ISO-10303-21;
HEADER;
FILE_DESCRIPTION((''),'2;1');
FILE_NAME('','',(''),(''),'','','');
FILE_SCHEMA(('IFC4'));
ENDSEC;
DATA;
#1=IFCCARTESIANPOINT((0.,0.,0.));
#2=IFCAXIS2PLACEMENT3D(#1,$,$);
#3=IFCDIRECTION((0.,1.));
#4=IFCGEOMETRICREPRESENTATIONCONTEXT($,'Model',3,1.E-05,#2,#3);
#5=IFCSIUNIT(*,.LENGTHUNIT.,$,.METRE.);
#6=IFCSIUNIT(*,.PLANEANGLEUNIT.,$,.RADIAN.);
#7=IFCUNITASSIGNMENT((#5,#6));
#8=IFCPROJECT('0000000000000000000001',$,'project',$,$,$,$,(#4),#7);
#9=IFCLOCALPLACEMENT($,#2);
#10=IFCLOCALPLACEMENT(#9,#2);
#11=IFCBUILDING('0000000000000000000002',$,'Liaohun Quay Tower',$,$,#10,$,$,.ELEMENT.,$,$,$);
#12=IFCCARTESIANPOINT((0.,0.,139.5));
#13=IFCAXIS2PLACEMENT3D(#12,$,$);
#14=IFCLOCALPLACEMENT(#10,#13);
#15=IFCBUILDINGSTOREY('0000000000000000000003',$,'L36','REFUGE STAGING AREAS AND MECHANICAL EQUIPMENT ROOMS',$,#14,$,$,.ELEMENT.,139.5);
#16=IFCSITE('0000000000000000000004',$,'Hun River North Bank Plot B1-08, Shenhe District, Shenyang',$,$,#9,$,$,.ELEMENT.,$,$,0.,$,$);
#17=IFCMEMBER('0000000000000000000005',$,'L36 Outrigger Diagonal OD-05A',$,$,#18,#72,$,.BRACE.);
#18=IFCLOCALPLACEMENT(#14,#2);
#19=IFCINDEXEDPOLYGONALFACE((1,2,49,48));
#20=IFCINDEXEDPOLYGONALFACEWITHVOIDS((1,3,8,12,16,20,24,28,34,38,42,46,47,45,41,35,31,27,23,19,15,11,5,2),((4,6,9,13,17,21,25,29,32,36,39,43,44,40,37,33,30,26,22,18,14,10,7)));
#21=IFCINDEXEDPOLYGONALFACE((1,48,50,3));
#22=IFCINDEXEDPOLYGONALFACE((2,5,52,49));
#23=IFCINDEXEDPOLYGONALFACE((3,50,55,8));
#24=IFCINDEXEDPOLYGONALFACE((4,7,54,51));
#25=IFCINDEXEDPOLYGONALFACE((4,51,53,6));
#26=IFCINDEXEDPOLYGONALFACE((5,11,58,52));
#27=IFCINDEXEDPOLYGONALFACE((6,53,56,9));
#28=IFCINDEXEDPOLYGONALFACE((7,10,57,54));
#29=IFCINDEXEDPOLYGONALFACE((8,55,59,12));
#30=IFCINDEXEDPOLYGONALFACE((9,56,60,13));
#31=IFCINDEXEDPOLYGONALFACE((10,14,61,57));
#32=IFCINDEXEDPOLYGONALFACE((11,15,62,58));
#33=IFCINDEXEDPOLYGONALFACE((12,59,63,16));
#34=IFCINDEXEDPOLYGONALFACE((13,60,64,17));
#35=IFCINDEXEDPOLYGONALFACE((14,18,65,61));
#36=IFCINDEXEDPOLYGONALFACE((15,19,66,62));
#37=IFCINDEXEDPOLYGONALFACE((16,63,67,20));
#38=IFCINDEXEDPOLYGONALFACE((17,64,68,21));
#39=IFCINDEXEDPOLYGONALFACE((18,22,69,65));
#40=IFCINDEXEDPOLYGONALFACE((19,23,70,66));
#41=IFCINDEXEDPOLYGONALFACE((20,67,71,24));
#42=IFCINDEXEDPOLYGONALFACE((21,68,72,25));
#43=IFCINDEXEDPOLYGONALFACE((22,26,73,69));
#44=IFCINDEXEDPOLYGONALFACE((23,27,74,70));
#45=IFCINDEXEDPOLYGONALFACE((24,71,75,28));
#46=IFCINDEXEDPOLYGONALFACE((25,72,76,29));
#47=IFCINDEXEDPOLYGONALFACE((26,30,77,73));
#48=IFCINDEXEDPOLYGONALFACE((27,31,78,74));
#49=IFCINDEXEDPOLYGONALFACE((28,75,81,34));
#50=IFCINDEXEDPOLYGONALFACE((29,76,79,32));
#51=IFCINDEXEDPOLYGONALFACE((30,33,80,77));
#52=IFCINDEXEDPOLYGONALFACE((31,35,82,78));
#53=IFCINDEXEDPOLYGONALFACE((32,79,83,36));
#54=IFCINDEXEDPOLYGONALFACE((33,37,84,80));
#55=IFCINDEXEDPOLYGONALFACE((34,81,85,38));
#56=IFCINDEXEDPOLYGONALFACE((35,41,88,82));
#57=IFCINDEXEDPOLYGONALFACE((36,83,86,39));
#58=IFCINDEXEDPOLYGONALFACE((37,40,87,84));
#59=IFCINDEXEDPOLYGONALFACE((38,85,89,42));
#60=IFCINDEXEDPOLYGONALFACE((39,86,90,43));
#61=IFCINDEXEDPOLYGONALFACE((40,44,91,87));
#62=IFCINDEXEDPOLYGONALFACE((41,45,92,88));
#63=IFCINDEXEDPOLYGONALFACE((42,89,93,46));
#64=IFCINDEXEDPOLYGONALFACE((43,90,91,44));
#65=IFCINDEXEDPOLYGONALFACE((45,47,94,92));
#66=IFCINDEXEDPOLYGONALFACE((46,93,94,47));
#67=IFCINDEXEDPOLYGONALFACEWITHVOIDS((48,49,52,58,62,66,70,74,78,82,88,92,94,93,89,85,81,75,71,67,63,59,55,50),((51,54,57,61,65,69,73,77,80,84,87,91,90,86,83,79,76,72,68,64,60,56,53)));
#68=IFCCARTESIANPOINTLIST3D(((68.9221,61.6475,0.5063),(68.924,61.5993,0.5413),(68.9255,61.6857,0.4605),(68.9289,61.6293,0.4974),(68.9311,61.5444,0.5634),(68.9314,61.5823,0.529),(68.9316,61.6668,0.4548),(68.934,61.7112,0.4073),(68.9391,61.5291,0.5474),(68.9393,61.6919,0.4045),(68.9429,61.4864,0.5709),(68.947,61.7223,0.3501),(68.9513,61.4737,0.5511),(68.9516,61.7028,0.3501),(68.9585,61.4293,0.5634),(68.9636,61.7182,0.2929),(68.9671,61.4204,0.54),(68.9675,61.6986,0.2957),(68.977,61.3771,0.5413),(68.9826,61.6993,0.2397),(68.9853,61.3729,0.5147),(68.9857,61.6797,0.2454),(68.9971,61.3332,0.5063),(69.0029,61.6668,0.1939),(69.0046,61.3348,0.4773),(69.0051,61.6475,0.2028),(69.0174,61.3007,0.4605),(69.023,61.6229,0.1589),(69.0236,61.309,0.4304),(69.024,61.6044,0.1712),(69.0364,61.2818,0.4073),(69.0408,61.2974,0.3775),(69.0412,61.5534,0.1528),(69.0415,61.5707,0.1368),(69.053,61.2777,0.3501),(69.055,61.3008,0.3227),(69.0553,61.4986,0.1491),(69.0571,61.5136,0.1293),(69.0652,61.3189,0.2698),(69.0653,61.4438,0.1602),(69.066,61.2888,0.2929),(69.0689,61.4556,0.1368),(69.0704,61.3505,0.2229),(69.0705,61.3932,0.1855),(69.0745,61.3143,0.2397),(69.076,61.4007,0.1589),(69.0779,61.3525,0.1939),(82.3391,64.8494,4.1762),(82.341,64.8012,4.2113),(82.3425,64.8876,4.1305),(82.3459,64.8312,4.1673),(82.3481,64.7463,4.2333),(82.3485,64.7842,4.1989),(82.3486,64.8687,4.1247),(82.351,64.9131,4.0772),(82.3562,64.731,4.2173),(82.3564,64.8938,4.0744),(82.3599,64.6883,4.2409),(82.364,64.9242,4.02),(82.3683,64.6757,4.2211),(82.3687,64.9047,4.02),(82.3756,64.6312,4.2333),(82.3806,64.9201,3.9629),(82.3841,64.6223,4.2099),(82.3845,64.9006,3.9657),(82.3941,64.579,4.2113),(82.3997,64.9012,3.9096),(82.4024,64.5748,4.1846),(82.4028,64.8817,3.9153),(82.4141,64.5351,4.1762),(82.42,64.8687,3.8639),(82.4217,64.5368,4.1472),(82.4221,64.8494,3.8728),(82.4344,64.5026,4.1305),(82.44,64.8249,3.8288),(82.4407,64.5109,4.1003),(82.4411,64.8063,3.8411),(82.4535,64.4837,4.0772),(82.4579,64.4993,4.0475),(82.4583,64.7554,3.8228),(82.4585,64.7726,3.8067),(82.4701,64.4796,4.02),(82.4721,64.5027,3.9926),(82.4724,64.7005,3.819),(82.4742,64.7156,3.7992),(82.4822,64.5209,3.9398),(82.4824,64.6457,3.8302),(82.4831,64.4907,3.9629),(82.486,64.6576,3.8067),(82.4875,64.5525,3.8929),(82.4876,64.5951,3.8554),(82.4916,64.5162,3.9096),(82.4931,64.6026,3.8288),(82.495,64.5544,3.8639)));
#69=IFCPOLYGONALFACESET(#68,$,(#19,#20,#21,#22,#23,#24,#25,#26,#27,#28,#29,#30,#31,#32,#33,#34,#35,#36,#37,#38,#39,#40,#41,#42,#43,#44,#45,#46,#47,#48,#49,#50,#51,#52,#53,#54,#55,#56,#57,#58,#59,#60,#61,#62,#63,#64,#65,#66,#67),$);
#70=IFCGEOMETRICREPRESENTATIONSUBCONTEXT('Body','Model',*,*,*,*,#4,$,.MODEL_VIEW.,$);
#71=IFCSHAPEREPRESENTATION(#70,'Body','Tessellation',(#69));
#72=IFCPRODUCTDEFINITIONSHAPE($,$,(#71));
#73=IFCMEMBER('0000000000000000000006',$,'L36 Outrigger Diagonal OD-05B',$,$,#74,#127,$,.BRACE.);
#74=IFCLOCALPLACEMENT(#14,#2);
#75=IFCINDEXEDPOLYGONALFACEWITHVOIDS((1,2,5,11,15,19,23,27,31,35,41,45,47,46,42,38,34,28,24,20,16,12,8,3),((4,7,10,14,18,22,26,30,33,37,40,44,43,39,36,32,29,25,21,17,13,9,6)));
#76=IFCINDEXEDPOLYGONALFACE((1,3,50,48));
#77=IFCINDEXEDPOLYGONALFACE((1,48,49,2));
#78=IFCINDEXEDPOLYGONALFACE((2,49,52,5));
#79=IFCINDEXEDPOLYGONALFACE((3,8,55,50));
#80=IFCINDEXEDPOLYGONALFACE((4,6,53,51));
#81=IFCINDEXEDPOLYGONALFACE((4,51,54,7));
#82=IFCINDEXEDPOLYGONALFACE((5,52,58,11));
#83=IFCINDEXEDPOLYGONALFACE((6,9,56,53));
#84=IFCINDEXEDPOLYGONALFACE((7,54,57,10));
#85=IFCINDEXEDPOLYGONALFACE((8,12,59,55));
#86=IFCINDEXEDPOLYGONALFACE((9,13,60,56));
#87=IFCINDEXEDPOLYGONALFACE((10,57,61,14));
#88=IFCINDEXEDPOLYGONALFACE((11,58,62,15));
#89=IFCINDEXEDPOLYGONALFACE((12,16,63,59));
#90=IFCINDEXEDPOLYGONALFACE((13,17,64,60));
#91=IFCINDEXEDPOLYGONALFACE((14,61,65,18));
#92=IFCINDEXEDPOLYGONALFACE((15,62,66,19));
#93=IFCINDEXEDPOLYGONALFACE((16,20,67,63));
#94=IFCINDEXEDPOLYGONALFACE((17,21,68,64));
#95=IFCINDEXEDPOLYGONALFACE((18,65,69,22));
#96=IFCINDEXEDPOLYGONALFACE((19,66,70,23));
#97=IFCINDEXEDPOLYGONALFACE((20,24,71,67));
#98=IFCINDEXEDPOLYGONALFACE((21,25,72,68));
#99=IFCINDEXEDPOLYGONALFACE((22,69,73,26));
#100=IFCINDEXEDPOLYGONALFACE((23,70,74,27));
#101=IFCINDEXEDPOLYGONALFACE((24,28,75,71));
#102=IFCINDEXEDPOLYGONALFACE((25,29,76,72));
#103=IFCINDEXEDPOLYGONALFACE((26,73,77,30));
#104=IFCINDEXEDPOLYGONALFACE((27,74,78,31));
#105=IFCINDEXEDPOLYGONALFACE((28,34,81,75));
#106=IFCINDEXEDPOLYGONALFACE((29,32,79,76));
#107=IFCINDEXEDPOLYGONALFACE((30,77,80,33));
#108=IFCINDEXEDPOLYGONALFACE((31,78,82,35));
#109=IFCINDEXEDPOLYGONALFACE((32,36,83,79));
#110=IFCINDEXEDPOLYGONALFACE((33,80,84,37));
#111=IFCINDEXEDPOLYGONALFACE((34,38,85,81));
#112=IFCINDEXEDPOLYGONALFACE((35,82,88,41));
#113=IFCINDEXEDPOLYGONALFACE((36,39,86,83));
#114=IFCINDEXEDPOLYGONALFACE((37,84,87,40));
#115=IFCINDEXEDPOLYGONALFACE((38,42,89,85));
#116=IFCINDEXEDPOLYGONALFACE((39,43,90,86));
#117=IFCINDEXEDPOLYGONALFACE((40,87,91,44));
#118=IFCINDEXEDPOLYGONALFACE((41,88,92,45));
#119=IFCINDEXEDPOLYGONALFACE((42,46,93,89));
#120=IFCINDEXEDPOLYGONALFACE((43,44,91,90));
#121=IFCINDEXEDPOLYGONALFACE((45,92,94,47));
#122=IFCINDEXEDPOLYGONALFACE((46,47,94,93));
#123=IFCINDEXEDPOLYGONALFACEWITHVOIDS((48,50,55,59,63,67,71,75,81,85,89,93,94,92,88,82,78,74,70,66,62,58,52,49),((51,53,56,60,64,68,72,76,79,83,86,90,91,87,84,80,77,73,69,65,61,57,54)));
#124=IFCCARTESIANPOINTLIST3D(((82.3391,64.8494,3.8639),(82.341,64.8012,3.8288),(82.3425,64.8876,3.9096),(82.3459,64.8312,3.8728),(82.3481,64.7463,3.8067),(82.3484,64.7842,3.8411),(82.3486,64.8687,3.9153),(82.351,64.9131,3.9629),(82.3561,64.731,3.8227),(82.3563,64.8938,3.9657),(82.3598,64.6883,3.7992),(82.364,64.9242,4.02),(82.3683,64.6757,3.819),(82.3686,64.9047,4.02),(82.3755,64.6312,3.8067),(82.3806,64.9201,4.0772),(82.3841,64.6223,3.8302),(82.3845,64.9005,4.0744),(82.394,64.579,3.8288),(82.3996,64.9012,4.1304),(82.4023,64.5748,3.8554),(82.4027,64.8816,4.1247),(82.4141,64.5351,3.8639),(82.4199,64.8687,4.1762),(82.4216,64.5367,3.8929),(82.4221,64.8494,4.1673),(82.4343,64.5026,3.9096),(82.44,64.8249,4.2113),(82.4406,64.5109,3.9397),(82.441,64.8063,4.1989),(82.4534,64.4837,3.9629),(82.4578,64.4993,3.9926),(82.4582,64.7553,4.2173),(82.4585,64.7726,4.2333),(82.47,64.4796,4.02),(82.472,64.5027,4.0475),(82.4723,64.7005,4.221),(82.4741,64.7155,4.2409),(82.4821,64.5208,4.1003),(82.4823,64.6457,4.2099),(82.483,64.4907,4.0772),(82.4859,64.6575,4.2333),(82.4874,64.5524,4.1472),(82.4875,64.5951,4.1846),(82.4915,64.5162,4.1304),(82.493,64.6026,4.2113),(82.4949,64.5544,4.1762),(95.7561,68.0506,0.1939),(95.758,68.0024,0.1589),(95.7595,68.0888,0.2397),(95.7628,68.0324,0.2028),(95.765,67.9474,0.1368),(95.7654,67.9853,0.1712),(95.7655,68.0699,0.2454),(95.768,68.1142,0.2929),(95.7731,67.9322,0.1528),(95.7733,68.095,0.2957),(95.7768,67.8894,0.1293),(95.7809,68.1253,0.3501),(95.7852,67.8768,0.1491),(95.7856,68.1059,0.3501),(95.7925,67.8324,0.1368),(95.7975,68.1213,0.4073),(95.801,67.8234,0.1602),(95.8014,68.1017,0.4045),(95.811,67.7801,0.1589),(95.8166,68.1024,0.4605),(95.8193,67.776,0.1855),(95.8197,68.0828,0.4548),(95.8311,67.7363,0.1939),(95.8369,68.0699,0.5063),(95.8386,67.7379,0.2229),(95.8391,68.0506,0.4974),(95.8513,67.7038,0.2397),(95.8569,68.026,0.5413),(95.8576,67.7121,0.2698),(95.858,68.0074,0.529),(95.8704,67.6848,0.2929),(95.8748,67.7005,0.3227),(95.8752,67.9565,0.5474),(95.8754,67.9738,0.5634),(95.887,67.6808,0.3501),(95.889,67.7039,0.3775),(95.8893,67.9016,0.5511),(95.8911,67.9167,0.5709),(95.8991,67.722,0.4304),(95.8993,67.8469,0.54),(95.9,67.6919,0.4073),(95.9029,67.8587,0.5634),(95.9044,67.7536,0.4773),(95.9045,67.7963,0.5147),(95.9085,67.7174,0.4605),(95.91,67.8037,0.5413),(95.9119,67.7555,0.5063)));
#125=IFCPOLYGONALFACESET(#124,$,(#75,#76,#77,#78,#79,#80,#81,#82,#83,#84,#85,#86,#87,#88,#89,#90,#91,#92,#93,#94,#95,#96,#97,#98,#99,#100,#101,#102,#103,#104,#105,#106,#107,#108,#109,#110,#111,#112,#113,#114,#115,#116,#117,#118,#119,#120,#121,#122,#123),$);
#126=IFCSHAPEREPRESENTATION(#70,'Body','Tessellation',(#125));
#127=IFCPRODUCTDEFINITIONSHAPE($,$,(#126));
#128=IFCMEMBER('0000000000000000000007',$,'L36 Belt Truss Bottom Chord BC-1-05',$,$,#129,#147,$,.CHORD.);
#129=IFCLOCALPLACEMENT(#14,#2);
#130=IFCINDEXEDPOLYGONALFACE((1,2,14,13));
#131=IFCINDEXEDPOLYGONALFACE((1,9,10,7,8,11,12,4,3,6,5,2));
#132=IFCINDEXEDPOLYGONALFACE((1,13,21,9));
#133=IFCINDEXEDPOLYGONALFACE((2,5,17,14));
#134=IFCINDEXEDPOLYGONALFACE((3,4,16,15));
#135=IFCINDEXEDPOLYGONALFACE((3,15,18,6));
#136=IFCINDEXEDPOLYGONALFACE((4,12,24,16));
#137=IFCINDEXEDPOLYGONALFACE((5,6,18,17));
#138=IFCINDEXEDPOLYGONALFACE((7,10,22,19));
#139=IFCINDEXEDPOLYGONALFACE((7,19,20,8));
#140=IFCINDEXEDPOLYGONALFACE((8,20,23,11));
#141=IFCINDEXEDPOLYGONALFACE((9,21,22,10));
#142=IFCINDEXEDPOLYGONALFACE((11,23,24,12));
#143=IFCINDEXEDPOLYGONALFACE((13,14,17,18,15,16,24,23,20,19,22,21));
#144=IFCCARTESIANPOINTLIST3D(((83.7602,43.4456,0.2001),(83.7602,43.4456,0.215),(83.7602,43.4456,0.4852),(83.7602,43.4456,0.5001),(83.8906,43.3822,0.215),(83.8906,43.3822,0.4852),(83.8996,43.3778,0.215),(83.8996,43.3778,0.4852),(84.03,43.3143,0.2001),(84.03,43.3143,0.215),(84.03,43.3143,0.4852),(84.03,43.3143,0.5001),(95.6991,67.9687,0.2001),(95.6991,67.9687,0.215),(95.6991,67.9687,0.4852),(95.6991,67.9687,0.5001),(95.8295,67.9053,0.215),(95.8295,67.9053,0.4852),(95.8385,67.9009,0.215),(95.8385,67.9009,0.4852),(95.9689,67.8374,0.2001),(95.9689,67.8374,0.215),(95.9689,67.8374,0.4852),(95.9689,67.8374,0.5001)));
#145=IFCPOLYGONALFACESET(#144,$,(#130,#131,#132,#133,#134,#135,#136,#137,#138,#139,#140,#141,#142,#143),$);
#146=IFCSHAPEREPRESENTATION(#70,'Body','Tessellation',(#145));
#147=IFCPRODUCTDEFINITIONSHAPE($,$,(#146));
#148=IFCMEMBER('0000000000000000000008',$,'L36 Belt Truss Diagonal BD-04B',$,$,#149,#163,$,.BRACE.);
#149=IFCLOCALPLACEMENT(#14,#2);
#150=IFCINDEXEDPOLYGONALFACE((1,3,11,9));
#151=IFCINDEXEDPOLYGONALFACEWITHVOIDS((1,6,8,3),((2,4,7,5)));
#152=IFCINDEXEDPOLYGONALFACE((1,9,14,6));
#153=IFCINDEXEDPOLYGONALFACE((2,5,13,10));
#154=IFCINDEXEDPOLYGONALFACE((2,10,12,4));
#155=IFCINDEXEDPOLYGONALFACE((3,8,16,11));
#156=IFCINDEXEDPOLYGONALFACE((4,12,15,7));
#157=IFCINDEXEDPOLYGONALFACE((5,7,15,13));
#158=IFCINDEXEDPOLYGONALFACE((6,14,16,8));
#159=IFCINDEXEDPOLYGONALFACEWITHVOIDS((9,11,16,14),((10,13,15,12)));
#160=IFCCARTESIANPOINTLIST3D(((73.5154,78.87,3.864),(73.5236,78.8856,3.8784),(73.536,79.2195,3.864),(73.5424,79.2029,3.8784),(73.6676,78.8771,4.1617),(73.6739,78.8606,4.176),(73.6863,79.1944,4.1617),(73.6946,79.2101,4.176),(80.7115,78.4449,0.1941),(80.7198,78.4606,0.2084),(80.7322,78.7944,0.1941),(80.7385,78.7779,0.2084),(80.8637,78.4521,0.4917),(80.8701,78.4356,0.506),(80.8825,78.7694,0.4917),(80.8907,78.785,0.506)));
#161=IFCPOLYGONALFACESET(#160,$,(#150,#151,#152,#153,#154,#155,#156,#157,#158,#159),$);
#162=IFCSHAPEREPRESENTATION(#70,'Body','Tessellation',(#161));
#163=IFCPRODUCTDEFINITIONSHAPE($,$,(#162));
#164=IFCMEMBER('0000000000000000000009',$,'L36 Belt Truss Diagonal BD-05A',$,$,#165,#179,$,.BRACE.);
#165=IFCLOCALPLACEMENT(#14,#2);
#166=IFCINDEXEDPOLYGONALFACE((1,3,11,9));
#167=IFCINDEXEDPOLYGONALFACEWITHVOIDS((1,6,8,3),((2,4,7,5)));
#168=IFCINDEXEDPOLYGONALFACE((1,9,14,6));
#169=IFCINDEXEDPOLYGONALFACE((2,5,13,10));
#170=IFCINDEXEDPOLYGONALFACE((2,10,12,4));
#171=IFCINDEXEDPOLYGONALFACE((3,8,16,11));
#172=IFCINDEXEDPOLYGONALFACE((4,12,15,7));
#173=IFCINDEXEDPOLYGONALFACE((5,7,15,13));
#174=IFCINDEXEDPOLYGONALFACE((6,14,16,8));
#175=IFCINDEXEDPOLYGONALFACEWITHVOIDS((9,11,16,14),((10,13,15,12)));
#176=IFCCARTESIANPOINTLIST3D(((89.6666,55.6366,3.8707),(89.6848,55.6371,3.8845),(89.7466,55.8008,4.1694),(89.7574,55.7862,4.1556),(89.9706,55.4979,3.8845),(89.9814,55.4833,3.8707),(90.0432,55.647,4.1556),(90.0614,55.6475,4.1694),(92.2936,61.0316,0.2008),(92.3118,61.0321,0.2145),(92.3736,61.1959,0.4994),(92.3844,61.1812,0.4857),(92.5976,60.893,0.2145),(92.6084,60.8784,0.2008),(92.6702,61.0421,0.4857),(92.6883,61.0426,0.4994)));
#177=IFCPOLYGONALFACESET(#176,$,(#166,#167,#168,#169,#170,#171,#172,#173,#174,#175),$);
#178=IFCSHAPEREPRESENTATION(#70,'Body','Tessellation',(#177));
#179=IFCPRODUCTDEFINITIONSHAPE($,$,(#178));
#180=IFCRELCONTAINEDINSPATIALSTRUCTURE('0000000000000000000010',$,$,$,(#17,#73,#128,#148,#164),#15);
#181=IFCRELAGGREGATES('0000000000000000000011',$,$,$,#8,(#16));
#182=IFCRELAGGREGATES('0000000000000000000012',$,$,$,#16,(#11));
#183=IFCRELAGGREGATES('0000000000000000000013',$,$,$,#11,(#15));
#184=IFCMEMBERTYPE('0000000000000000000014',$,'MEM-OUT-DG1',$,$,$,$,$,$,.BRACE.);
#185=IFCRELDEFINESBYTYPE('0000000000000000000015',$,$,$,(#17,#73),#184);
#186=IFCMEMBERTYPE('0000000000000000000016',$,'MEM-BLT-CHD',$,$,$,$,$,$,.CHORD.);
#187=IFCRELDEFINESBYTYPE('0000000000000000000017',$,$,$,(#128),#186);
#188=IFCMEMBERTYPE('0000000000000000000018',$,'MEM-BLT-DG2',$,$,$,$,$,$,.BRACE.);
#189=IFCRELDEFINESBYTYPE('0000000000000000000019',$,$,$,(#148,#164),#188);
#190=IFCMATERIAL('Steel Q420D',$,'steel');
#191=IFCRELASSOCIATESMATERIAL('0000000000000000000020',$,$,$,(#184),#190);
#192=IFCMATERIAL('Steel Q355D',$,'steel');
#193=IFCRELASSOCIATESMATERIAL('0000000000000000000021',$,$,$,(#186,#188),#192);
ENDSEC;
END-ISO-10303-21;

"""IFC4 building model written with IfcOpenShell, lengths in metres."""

from ifc_helpers import new_model, si_unit, direction, frame, origin, origin_2d, place, context, subcontext, project, spatial, hollow_rectangle, hollow_circle, i_section, extrude, source, transform, mapped, material, material_profile, profile_set, type_object, element, save


model = new_model("IFC4")

# Units and contexts
model_context = context("Model", 3, precision=1e-05, world=origin(), true_north=direction((0.0, 1.0)))
body_context = subcontext(model_context, "Body", "Model", "MODEL_VIEW")
ifc_project = project(units=[si_unit("LENGTHUNIT", "METRE"), si_unit("PLANEANGLEUNIT", "RADIAN")], contexts=[model_context])

# Site, building, storey
site_placement = place(None, origin())
site = spatial("IfcSite", under=ifc_project, at=site_placement, Name="Hun River North Bank Plot B1-08, Shenhe District, Shenyang", CompositionType="ELEMENT", RefElevation=0.0)
building_placement = place(site_placement, origin())
building = spatial("IfcBuilding", under=site, at=building_placement, Name="Liaohun Quay Tower", CompositionType="ELEMENT")
storey_placement = place(building_placement, frame((0.0, 0.0, 139.5)))
storey = spatial("IfcBuildingStorey", under=building, at=storey_placement, Name="L36", Description="REFUGE STAGING AREAS AND MECHANICAL EQUIPMENT ROOMS", CompositionType="ELEMENT", Elevation=139.5)

# Shared definitions
ifc_material_1 = material(Name="Steel Q355D", Category="steel")

# Members
ifc_material_2 = material(Name="Steel Q420D", Category="steel")
ifc_material_profile_1 = material_profile(ifc_material_2, hollow_circle(Radius=0.2285, WallThickness=0.02, at=origin_2d()), Name="CHS457x20")
ifc_profile_set_1 = profile_set([ifc_material_profile_1], Name="Steel Q420D")
member_type_1 = type_object("IfcMemberType", Name="MEM-OUT-DG1", PredefinedType="BRACE", material=ifc_profile_set_1)
shared_shape_1 = source(origin(), body_context, "Body", "SweptSolid", [
    extrude(hollow_circle(Radius=0.2285, WallThickness=0.02, at=origin_2d()), origin(), (0.0, 0.0, 1.0), 14.2737),
])
member_1_placement = place(storey_placement, frame((69.0, 61.5, 0.3501), z_axis=(0.939985, 0.224323, 0.257112), x_axis=(-0.232127, 0.972685, 0.0)))
element("IfcMember", 1, at=member_1_placement, inside=storey, type_object=member_type_1, Name="L36 Outrigger Diagonal OD-05A", PredefinedType="BRACE", context=body_context, shape_type="MappedRepresentation", body=[
    mapped(shared_shape_1, transform((0.0, 0.0, 0.0), x_axis=(1.0, 0.0, 0.0), y_axis=(0.0, 1.0, 0.0), z_axis=(0.0, 0.0, 1.0), scale=1.0)),
])
shared_shape_2 = source(origin(), body_context, "Body", "SweptSolid", [
    extrude(hollow_circle(Radius=0.2285, WallThickness=0.02, at=origin_2d()), origin(), (0.0, 0.0, 1.0), 14.2734),
])
member_2_placement = place(storey_placement, frame((82.417, 64.7019, 4.02), z_axis=(0.939996, 0.224274, -0.257115), x_axis=(-0.232077, 0.972697, 0.0)))
element("IfcMember", 2, at=member_2_placement, inside=storey, type_object=member_type_1, Name="L36 Outrigger Diagonal OD-05B", PredefinedType="BRACE", context=body_context, shape_type="MappedRepresentation", body=[
    mapped(shared_shape_2, transform((0.0, 0.0, 0.0), x_axis=(1.0, 0.0, 0.0), y_axis=(0.0, 1.0, 0.0), z_axis=(0.0, 0.0, 1.0), scale=1.0)),
])
ifc_material_profile_2 = material_profile(ifc_material_1, i_section(OverallWidth=0.3, OverallDepth=0.3, WebThickness=0.01, FlangeThickness=0.0149, at=origin_2d()), Name="HW300x300x10x15")
ifc_profile_set_2 = profile_set([ifc_material_profile_2], Name="Steel Q355D")
member_type_2 = type_object("IfcMemberType", Name="MEM-BLT-CHD", PredefinedType="CHORD", material=ifc_profile_set_2)
shared_shape_3 = source(origin(), body_context, "Body", "SweptSolid", [
    extrude(i_section(OverallWidth=0.3, OverallDepth=0.3, WebThickness=0.01, FlangeThickness=0.0149, at=origin_2d()), origin(), (0.0, 0.0, 1.0), 27.2749),
])
member_3_placement = place(storey_placement, frame((95.834, 67.9031, 0.3501), z_axis=(-0.437725, -0.899109, 0.0), x_axis=(0.899109, -0.437725, 0.0)))
element("IfcMember", 3, at=member_3_placement, inside=storey, type_object=member_type_2, Name="L36 Belt Truss Bottom Chord BC-1-05", PredefinedType="CHORD", context=body_context, shape_type="MappedRepresentation", body=[
    mapped(shared_shape_3, transform((0.0, 0.0, 0.0), x_axis=(1.0, 0.0, 0.0), y_axis=(0.0, 1.0, 0.0), z_axis=(0.0, 0.0, 1.0), scale=1.0)),
])
ifc_material_profile_3 = material_profile(ifc_material_1, hollow_rectangle(XDim=0.3501, YDim=0.3501, WallThickness=0.0161, at=origin_2d()), Name="SHS350x350x16")
ifc_profile_set_3 = profile_set([ifc_material_profile_3], Name="Steel Q355D")
member_type_3 = type_object("IfcMemberType", Name="MEM-BLT-DG2", PredefinedType="BRACE", material=ifc_profile_set_3)
shared_shape_4 = source(origin(), body_context, "Body", "SweptSolid", [
    extrude(hollow_rectangle(XDim=0.3501, YDim=0.3501, WallThickness=0.0161, at=origin_2d()), origin(), (0.0, 0.0, 1.0), 8.0891),
])
member_4_placement = place(storey_placement, frame((73.605, 79.04, 4.02), z_axis=(0.889608, -0.052546, -0.453692), x_axis=(0.058964, 0.99826, 0.0)))
element("IfcMember", 4, at=member_4_placement, inside=storey, type_object=member_type_3, Name="L36 Belt Truss Diagonal BD-04B", PredefinedType="BRACE", context=body_context, shape_type="MappedRepresentation", body=[
    mapped(shared_shape_4, transform((0.0, 0.0, 0.0), x_axis=(1.0, 0.0, 0.0), y_axis=(0.0, 1.0, 0.0), z_axis=(0.0, 0.0, 1.0), scale=1.0)),
])
shared_shape_5 = source(origin(), body_context, "Body", "SweptSolid", [
    extrude(hollow_rectangle(XDim=0.3501, YDim=0.3501, WallThickness=0.0161, at=origin_2d()), origin(), (0.0, 0.0, 1.0), 7.0339),
])
member_5_placement = place(storey_placement, frame((92.491, 61.0371, 0.3501), z_axis=(-0.373472, -0.767005, 0.521749), x_axis=(0.899081, -0.437782, 0.0)))
element("IfcMember", 5, at=member_5_placement, inside=storey, type_object=member_type_3, Name="L36 Belt Truss Diagonal BD-05A", PredefinedType="BRACE", context=body_context, shape_type="MappedRepresentation", body=[
    mapped(shared_shape_5, transform((0.0, 0.0, 0.0), x_axis=(1.0, 0.0, 0.0), y_axis=(0.0, 1.0, 0.0), z_axis=(0.0, 0.0, 1.0), scale=1.0)),
])

save(model, "model.ifc")
